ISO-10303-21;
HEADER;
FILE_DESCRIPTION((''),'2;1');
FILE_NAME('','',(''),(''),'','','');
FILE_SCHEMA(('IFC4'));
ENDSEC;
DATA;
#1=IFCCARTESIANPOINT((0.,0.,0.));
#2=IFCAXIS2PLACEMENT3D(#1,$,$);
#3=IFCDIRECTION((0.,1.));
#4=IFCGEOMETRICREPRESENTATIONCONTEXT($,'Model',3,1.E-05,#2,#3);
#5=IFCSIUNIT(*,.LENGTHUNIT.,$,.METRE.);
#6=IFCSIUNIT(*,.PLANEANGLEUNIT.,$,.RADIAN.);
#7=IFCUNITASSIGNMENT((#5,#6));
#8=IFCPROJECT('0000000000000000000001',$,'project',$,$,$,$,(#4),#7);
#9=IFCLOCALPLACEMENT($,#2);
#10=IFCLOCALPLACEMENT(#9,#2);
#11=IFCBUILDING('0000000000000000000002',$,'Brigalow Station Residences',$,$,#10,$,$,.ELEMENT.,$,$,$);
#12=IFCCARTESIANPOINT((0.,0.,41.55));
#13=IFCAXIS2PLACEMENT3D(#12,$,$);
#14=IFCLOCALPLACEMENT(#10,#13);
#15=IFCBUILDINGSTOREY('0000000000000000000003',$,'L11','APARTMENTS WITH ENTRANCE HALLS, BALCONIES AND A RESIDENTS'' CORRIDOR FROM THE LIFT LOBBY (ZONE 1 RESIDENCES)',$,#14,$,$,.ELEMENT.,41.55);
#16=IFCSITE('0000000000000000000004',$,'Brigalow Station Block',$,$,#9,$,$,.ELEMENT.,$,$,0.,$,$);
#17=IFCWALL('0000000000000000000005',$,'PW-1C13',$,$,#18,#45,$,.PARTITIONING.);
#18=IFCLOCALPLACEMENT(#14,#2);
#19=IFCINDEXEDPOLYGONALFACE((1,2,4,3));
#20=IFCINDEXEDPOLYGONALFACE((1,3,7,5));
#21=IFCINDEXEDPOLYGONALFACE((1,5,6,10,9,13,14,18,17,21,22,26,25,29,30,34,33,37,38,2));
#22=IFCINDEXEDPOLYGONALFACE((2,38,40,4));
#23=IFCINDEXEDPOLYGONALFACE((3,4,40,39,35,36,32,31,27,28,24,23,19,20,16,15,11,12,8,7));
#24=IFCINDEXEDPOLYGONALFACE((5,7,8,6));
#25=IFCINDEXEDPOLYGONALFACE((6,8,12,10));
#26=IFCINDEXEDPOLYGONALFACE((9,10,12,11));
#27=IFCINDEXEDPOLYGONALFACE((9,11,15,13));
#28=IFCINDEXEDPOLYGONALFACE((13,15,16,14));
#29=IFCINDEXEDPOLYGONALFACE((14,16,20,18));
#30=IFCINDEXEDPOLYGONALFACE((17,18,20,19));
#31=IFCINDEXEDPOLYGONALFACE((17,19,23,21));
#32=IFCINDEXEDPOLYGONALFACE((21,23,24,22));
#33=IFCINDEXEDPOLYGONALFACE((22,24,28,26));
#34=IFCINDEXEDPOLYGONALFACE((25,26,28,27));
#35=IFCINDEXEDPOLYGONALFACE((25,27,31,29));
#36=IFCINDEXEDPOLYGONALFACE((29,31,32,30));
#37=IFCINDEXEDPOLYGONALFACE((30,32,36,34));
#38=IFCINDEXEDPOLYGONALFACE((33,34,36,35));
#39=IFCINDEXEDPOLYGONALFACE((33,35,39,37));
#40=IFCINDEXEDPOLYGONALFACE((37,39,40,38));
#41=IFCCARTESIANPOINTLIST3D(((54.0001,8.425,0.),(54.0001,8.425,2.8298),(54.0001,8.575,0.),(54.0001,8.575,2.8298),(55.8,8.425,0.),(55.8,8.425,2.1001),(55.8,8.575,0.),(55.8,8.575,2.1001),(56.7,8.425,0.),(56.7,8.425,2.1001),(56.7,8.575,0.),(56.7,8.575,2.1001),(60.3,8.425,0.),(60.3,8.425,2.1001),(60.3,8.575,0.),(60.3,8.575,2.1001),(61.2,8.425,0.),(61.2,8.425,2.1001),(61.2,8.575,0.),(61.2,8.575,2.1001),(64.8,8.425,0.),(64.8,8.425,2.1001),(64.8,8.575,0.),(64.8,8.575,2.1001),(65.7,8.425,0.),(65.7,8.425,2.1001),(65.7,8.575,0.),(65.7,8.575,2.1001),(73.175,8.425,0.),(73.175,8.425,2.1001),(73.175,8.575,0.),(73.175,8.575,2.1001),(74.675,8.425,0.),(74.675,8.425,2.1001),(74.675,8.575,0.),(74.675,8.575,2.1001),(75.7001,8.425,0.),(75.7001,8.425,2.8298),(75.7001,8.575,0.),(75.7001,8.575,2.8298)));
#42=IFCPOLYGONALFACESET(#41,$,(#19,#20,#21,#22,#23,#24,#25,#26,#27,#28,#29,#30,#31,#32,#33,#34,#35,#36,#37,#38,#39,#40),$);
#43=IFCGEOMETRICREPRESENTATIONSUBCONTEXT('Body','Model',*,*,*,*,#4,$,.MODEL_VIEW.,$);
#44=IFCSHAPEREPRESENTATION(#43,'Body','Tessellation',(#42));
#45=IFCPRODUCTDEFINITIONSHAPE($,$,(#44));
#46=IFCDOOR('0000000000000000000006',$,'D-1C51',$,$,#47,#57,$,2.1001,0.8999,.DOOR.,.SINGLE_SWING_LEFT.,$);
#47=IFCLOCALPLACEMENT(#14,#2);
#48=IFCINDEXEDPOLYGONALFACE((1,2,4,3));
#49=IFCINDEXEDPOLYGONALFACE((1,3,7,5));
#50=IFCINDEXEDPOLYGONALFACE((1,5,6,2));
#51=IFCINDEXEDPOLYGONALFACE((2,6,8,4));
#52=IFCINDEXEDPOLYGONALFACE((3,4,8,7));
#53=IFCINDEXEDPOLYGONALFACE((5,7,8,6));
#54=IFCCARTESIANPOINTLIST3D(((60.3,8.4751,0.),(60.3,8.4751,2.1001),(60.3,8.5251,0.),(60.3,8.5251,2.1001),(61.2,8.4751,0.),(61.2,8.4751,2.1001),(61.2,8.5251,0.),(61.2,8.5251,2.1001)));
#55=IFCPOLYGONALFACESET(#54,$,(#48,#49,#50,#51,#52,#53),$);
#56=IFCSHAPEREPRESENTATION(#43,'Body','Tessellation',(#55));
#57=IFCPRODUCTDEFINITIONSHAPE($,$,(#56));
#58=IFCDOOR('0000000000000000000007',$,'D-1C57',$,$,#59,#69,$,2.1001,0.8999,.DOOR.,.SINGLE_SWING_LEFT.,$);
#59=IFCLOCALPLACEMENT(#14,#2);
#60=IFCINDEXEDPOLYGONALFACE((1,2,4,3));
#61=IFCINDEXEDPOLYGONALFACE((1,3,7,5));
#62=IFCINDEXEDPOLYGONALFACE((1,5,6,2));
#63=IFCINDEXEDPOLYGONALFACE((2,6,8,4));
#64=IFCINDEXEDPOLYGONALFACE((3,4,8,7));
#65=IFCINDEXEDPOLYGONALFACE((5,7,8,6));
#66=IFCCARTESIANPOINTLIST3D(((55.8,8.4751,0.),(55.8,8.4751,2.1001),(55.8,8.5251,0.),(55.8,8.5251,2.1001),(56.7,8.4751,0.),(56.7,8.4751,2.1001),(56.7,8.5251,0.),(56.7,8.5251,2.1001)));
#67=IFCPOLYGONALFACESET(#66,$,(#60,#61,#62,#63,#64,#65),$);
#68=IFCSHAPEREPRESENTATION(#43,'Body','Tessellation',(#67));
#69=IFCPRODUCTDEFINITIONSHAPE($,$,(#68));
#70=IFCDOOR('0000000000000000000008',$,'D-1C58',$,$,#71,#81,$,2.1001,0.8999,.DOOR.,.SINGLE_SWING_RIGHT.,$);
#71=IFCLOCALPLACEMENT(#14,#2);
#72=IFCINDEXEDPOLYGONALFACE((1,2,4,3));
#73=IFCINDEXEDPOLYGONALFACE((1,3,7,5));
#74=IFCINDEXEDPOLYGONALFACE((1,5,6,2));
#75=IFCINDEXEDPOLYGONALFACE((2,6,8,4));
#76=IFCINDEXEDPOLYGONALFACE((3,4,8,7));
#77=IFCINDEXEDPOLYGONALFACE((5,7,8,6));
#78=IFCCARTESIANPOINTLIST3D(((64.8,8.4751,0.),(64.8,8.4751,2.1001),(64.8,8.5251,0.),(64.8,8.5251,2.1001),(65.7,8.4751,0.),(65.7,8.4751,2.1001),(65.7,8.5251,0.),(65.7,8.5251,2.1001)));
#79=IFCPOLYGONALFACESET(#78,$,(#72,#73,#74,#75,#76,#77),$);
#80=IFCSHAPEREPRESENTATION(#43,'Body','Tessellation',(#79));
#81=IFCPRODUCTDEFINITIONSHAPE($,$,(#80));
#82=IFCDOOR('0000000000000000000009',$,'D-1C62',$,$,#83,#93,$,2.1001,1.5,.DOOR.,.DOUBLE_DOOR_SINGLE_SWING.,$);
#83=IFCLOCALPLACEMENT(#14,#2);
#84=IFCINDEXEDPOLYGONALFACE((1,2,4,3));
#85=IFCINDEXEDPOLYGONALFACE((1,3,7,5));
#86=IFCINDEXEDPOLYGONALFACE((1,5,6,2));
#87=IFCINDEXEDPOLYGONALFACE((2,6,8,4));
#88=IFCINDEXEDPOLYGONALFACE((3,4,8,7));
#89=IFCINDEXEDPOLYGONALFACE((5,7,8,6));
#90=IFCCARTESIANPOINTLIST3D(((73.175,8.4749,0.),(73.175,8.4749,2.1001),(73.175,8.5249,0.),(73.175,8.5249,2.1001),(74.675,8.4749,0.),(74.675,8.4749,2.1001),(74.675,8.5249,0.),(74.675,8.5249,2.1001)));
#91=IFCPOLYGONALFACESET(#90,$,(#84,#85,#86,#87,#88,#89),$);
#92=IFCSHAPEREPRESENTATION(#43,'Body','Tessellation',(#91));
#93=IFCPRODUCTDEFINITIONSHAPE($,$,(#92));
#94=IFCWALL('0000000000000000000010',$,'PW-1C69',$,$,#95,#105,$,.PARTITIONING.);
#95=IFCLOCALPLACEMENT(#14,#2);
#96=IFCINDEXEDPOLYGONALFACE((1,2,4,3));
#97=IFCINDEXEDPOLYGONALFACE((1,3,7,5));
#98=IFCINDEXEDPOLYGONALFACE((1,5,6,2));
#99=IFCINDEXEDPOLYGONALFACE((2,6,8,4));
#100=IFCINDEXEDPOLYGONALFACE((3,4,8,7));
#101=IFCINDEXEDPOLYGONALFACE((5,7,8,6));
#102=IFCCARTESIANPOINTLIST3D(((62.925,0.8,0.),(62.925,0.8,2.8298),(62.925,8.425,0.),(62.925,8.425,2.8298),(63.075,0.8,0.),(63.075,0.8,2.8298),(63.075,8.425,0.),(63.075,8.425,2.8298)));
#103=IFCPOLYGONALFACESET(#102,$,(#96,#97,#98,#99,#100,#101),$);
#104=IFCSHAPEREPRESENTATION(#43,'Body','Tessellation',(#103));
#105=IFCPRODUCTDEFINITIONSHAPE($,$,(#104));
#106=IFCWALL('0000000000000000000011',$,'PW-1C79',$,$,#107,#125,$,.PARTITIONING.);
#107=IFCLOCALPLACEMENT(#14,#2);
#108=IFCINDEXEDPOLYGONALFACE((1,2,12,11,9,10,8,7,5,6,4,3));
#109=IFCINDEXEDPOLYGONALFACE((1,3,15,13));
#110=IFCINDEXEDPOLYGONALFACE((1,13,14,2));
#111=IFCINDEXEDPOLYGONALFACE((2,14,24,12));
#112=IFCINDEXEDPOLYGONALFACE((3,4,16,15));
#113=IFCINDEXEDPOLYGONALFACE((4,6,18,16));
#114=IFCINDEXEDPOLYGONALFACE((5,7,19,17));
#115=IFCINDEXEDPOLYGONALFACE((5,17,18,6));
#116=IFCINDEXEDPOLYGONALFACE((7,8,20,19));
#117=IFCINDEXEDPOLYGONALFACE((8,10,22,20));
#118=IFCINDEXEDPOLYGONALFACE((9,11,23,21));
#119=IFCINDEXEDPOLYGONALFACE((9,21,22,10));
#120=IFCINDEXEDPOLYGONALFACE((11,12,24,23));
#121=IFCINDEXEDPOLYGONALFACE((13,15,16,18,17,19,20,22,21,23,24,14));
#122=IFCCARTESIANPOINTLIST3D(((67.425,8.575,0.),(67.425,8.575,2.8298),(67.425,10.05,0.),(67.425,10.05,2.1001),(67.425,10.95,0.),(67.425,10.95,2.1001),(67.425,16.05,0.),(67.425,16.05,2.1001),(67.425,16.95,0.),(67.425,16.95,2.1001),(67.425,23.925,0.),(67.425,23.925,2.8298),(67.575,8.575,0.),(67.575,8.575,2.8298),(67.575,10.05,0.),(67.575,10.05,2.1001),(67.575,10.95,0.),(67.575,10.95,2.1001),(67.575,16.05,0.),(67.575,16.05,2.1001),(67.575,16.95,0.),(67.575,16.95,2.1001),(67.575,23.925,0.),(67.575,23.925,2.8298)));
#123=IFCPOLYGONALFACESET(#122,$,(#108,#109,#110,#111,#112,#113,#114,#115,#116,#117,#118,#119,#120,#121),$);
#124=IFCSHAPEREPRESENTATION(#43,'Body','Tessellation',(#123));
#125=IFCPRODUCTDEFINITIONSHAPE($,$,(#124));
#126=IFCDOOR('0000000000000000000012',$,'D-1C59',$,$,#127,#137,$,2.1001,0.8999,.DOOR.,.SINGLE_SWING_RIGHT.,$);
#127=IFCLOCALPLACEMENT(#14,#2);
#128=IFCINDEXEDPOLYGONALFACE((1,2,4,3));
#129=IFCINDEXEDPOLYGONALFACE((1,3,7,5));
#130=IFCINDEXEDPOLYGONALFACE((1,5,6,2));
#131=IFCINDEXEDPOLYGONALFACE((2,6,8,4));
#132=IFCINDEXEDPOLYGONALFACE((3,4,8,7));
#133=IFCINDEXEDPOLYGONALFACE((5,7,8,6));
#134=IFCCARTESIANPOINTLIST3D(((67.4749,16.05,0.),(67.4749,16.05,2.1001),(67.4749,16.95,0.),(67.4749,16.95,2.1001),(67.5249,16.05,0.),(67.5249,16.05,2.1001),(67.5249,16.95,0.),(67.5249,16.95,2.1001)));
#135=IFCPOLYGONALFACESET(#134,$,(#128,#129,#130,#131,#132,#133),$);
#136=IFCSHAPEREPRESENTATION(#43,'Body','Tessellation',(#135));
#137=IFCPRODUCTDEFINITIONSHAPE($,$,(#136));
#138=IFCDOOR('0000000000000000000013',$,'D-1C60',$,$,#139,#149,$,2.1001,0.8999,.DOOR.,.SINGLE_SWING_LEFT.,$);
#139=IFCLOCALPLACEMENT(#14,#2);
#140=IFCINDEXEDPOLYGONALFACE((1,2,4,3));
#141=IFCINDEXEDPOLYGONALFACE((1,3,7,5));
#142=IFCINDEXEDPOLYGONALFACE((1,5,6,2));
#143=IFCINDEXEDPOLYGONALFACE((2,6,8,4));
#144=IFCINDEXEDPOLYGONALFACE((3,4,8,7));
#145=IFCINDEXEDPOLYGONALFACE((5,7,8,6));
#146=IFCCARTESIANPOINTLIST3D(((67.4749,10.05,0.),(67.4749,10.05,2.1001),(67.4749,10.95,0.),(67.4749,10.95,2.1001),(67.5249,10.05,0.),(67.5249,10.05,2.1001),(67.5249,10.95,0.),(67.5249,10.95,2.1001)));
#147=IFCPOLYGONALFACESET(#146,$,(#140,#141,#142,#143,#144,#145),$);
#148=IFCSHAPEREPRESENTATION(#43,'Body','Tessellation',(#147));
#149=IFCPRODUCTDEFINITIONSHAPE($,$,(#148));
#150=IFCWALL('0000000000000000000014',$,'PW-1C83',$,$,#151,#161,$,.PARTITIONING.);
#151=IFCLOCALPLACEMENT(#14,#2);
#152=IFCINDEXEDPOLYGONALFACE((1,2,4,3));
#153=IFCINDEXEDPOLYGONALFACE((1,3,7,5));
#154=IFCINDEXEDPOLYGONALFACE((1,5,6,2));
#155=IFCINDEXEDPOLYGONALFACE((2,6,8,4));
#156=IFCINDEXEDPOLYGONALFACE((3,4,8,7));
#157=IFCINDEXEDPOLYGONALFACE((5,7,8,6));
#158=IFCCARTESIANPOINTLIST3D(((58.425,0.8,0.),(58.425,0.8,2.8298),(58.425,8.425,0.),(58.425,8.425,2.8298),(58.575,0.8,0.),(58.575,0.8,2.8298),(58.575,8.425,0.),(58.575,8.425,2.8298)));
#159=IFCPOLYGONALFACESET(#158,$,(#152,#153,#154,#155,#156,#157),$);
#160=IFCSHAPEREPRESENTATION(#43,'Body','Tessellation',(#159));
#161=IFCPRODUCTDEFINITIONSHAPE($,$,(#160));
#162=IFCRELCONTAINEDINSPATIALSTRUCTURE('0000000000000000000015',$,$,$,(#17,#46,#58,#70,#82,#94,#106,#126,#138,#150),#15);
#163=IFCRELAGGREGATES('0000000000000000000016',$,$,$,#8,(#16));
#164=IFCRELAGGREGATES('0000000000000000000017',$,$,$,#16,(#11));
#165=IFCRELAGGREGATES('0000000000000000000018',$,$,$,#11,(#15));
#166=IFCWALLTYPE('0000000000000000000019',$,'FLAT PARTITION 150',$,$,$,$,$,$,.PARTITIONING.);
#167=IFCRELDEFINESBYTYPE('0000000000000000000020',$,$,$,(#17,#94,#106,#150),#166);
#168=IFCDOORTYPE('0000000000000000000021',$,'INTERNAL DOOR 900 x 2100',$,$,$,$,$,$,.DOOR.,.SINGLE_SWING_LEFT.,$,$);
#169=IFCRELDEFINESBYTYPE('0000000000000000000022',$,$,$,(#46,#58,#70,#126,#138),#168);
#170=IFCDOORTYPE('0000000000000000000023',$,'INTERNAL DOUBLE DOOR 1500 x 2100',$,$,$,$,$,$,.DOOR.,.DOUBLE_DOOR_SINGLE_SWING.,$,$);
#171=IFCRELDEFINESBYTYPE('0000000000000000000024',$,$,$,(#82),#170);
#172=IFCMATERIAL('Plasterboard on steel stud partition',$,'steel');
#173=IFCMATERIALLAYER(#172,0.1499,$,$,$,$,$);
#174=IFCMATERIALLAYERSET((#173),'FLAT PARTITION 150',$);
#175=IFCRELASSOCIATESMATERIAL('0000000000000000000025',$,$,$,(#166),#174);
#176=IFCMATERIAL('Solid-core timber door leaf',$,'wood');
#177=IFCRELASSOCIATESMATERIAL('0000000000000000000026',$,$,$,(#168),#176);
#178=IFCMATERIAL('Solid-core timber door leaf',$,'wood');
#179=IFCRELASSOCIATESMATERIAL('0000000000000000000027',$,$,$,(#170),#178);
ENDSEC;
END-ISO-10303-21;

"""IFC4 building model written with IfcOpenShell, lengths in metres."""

from ifc_helpers import new_model, si_unit, direction, frame, frame_2d, origin, place, context, subcontext, project, spatial, rectangle, extrude, material, layer, layer_set, type_object, element, fill, save


model = new_model("IFC4")

# Units and contexts
model_context = context("Model", 3, precision=1e-05, world=origin(), true_north=direction((0.0, 1.0)))
body_context = subcontext(model_context, "Body", "Model", "MODEL_VIEW")
ifc_project = project(units=[si_unit("LENGTHUNIT", "METRE"), si_unit("PLANEANGLEUNIT", "RADIAN")], contexts=[model_context])

# Site, building, storey
site_placement = place(None, origin())
site = spatial("IfcSite", under=ifc_project, at=site_placement, Name="Brigalow Station Block", CompositionType="ELEMENT", RefElevation=0.0)
building_placement = place(site_placement, origin())
building = spatial("IfcBuilding", under=site, at=building_placement, Name="Brigalow Station Residences", CompositionType="ELEMENT")
storey_placement = place(building_placement, frame((0.0, 0.0, 41.55)))
storey = spatial("IfcBuildingStorey", under=building, at=storey_placement, Name="L11", Description="APARTMENTS WITH ENTRANCE HALLS, BALCONIES AND A RESIDENTS' CORRIDOR FROM THE LIFT LOBBY (ZONE 1 RESIDENCES)", CompositionType="ELEMENT", Elevation=41.55)

# Wall, openings, doors
ifc_material_1 = material(Name="Plasterboard on steel stud partition", Category="steel")
ifc_layer_1 = layer(ifc_material_1, 0.1499)
ifc_layer_set_1 = layer_set([ifc_layer_1], Name="FLAT PARTITION 150")
wall_type_1 = type_object("IfcWallType", Name="FLAT PARTITION 150", PredefinedType="PARTITIONING", material=ifc_layer_set_1)
wall_1_placement = place(storey_placement, frame((54.0, 8.5, 0.0), z_axis=(0.0, 0.0, 1.0), x_axis=(1.0, 0.0, 0.0)))
wall_1 = element("IfcWall", 1, at=wall_1_placement, inside=storey, type_object=wall_type_1, Name="PW-1C13", PredefinedType="PARTITIONING", context=body_context, shape_type="SweptSolid", body=[
    extrude(rectangle(XDim=21.7, YDim=0.1499, at=frame_2d((10.8501, 0.0))), origin(), (0.0, 0.0, 1.0), 2.8298),
])
opening_1_placement = place(wall_1_placement, frame((6.3, 0.0, 0.0)))
opening_1 = element("IfcOpeningElement", 2, at=opening_1_placement, cuts=wall_1, PredefinedType="OPENING", context=body_context, shape_type="SweptSolid", body=[
    extrude(rectangle(XDim=0.8999, YDim=2.1001, at=frame_2d((0.45, 1.05))), frame((0.0, 0.085, 0.0), z_axis=(0.0, -1.0, 0.0), x_axis=(1.0, 0.0, 0.0)), (0.0, 0.0, 1.0), 0.1699),
])
opening_2_placement = place(wall_1_placement, frame((1.8, 0.0, 0.0)))
opening_2 = element("IfcOpeningElement", 3, at=opening_2_placement, cuts=wall_1, PredefinedType="OPENING", context=body_context, shape_type="SweptSolid", body=[
    extrude(rectangle(XDim=0.8999, YDim=2.1001, at=frame_2d((0.45, 1.05))), frame((0.0, 0.085, 0.0), z_axis=(0.0, -1.0, 0.0), x_axis=(1.0, 0.0, 0.0)), (0.0, 0.0, 1.0), 0.1699),
])
opening_3_placement = place(wall_1_placement, frame((10.8, 0.0, 0.0)))
opening_3 = element("IfcOpeningElement", 4, at=opening_3_placement, cuts=wall_1, PredefinedType="OPENING", context=body_context, shape_type="SweptSolid", body=[
    extrude(rectangle(XDim=0.8999, YDim=2.1001, at=frame_2d((0.45, 1.05))), frame((0.0, 0.085, 0.0), z_axis=(0.0, -1.0, 0.0), x_axis=(1.0, 0.0, 0.0)), (0.0, 0.0, 1.0), 0.1699),
])
opening_4_placement = place(wall_1_placement, frame((19.175, 0.0, 0.0)))
opening_4 = element("IfcOpeningElement", 5, at=opening_4_placement, cuts=wall_1, PredefinedType="OPENING", context=body_context, shape_type="SweptSolid", body=[
    extrude(rectangle(XDim=1.5, YDim=2.1001, at=frame_2d((0.75, 1.05))), frame((0.0, 0.085, 0.0), z_axis=(0.0, -1.0, 0.0), x_axis=(1.0, 0.0, 0.0)), (0.0, 0.0, 1.0), 0.1699),
])
ifc_material_2 = material(Name="Solid-core timber door leaf", Category="wood")
door_type_1 = type_object("IfcDoorType", Name="INTERNAL DOOR 900 x 2100", OperationType="SINGLE_SWING_LEFT", PredefinedType="DOOR", material=ifc_material_2)
door_1_placement = place(opening_1_placement, frame((0.8999, 0.0, 0.0), z_axis=(0.0, 0.0, 1.0), x_axis=(-1.0, 0.0, 0.0)))
door_1 = element("IfcDoor", 6, at=door_1_placement, inside=storey, type_object=door_type_1, Name="D-1C51", OperationType="SINGLE_SWING_LEFT", OverallHeight=2.1001, OverallWidth=0.8999, PredefinedType="DOOR", context=body_context, shape_type="SweptSolid", body=[
    extrude(rectangle(XDim=0.8999, YDim=2.1001, at=frame_2d((0.45, 1.05))), frame((0.0, 0.0249, 0.0), z_axis=(0.0, -1.0, 0.0), x_axis=(1.0, 0.0, 0.0)), (0.0, 0.0, 1.0), 0.05),
])
fill(opening_1, door_1)
door_2_placement = place(opening_2_placement, frame((0.8999, 0.0, 0.0), z_axis=(0.0, 0.0, 1.0), x_axis=(-1.0, 0.0, 0.0)))
door_2 = element("IfcDoor", 7, at=door_2_placement, inside=storey, type_object=door_type_1, Name="D-1C57", OperationType="SINGLE_SWING_LEFT", OverallHeight=2.1001, OverallWidth=0.8999, PredefinedType="DOOR", context=body_context, shape_type="SweptSolid", body=[
    extrude(rectangle(XDim=0.8999, YDim=2.1001, at=frame_2d((0.45, 1.05))), frame((0.0, 0.0249, 0.0), z_axis=(0.0, -1.0, 0.0), x_axis=(1.0, 0.0, 0.0)), (0.0, 0.0, 1.0), 0.05),
])
fill(opening_2, door_2)
door_3_placement = place(opening_3_placement, frame((0.8999, 0.0, 0.0), z_axis=(0.0, 0.0, 1.0), x_axis=(-1.0, 0.0, 0.0)))
door_3 = element("IfcDoor", 8, at=door_3_placement, inside=storey, type_object=door_type_1, Name="D-1C58", OperationType="SINGLE_SWING_RIGHT", OverallHeight=2.1001, OverallWidth=0.8999, PredefinedType="DOOR", context=body_context, shape_type="SweptSolid", body=[
    extrude(rectangle(XDim=0.8999, YDim=2.1001, at=frame_2d((0.45, 1.05))), frame((0.0, 0.0249, 0.0), z_axis=(0.0, -1.0, 0.0), x_axis=(1.0, 0.0, 0.0)), (0.0, 0.0, 1.0), 0.05),
])
fill(opening_3, door_3)
ifc_material_3 = material(Name="Solid-core timber door leaf", Category="wood")
door_type_2 = type_object("IfcDoorType", Name="INTERNAL DOUBLE DOOR 1500 x 2100", OperationType="DOUBLE_DOOR_SINGLE_SWING", PredefinedType="DOOR", material=ifc_material_3)
door_4_placement = place(opening_4_placement, origin())
door_4 = element("IfcDoor", 9, at=door_4_placement, inside=storey, type_object=door_type_2, Name="D-1C62", OperationType="DOUBLE_DOOR_SINGLE_SWING", OverallHeight=2.1001, OverallWidth=1.5, PredefinedType="DOOR", context=body_context, shape_type="SweptSolid", body=[
    extrude(rectangle(XDim=1.5, YDim=2.1001, at=frame_2d((0.75, 1.05))), frame((0.0, 0.0249, 0.0), z_axis=(0.0, -1.0, 0.0), x_axis=(1.0, 0.0, 0.0)), (0.0, 0.0, 1.0), 0.05),
])
fill(opening_4, door_4)

# Wall
wall_2_placement = place(storey_placement, frame((63.0, 0.8, 0.0), z_axis=(0.0, 0.0, 1.0), x_axis=(0.0, 1.0, 0.0)))
element("IfcWall", 10, at=wall_2_placement, inside=storey, type_object=wall_type_1, Name="PW-1C69", PredefinedType="PARTITIONING", context=body_context, shape_type="SweptSolid", body=[
    extrude(rectangle(XDim=7.625, YDim=0.1499, at=frame_2d((3.8125, 0.0))), origin(), (0.0, 0.0, 1.0), 2.8298),
])

# Wall, openings, doors
wall_3_placement = place(storey_placement, frame((67.5, 8.575, 0.0), z_axis=(0.0, 0.0, 1.0), x_axis=(0.0, 1.0, 0.0)))
wall_3 = element("IfcWall", 11, at=wall_3_placement, inside=storey, type_object=wall_type_1, Name="PW-1C79", PredefinedType="PARTITIONING", context=body_context, shape_type="SweptSolid", body=[
    extrude(rectangle(XDim=15.3501, YDim=0.1499, at=frame_2d((7.675, 0.0))), origin(), (0.0, 0.0, 1.0), 2.8298),
])
opening_5_placement = place(wall_3_placement, frame((7.4751, 0.0, 0.0)))
opening_5 = element("IfcOpeningElement", 12, at=opening_5_placement, cuts=wall_3, PredefinedType="OPENING", context=body_context, shape_type="SweptSolid", body=[
    extrude(rectangle(XDim=0.8999, YDim=2.1001, at=frame_2d((0.45, 1.05))), frame((0.0, 0.085, 0.0), z_axis=(0.0, -1.0, 0.0), x_axis=(1.0, 0.0, 0.0)), (0.0, 0.0, 1.0), 0.1699),
])
opening_6_placement = place(wall_3_placement, frame((1.4751, 0.0, 0.0)))
opening_6 = element("IfcOpeningElement", 13, at=opening_6_placement, cuts=wall_3, PredefinedType="OPENING", context=body_context, shape_type="SweptSolid", body=[
    extrude(rectangle(XDim=0.8999, YDim=2.1001, at=frame_2d((0.45, 1.05))), frame((0.0, 0.085, 0.0), z_axis=(0.0, -1.0, 0.0), x_axis=(1.0, 0.0, 0.0)), (0.0, 0.0, 1.0), 0.1699),
])
door_5_placement = place(opening_5_placement, frame((0.8999, 0.0, 0.0), z_axis=(0.0, 0.0, 1.0), x_axis=(-1.0, 0.0, 0.0)))
door_5 = element("IfcDoor", 14, at=door_5_placement, inside=storey, type_object=door_type_1, Name="D-1C59", OperationType="SINGLE_SWING_RIGHT", OverallHeight=2.1001, OverallWidth=0.8999, PredefinedType="DOOR", context=body_context, shape_type="SweptSolid", body=[
    extrude(rectangle(XDim=0.8999, YDim=2.1001, at=frame_2d((0.45, 1.05))), frame((0.0, 0.0249, 0.0), z_axis=(0.0, -1.0, 0.0), x_axis=(1.0, 0.0, 0.0)), (0.0, 0.0, 1.0), 0.05),
])
fill(opening_5, door_5)
door_6_placement = place(opening_6_placement, frame((0.8999, 0.0, 0.0), z_axis=(0.0, 0.0, 1.0), x_axis=(-1.0, 0.0, 0.0)))
door_6 = element("IfcDoor", 15, at=door_6_placement, inside=storey, type_object=door_type_1, Name="D-1C60", OperationType="SINGLE_SWING_LEFT", OverallHeight=2.1001, OverallWidth=0.8999, PredefinedType="DOOR", context=body_context, shape_type="SweptSolid", body=[
    extrude(rectangle(XDim=0.8999, YDim=2.1001, at=frame_2d((0.45, 1.05))), frame((0.0, 0.0249, 0.0), z_axis=(0.0, -1.0, 0.0), x_axis=(1.0, 0.0, 0.0)), (0.0, 0.0, 1.0), 0.05),
])
fill(opening_6, door_6)

# Wall
wall_4_placement = place(storey_placement, frame((58.5, 0.8, 0.0), z_axis=(0.0, 0.0, 1.0), x_axis=(0.0, 1.0, 0.0)))
element("IfcWall", 16, at=wall_4_placement, inside=storey, type_object=wall_type_1, Name="PW-1C83", PredefinedType="PARTITIONING", context=body_context, shape_type="SweptSolid", body=[
    extrude(rectangle(XDim=7.625, YDim=0.1499, at=frame_2d((3.8125, 0.0))), origin(), (0.0, 0.0, 1.0), 2.8298),
])

save(model, "model.ifc")
